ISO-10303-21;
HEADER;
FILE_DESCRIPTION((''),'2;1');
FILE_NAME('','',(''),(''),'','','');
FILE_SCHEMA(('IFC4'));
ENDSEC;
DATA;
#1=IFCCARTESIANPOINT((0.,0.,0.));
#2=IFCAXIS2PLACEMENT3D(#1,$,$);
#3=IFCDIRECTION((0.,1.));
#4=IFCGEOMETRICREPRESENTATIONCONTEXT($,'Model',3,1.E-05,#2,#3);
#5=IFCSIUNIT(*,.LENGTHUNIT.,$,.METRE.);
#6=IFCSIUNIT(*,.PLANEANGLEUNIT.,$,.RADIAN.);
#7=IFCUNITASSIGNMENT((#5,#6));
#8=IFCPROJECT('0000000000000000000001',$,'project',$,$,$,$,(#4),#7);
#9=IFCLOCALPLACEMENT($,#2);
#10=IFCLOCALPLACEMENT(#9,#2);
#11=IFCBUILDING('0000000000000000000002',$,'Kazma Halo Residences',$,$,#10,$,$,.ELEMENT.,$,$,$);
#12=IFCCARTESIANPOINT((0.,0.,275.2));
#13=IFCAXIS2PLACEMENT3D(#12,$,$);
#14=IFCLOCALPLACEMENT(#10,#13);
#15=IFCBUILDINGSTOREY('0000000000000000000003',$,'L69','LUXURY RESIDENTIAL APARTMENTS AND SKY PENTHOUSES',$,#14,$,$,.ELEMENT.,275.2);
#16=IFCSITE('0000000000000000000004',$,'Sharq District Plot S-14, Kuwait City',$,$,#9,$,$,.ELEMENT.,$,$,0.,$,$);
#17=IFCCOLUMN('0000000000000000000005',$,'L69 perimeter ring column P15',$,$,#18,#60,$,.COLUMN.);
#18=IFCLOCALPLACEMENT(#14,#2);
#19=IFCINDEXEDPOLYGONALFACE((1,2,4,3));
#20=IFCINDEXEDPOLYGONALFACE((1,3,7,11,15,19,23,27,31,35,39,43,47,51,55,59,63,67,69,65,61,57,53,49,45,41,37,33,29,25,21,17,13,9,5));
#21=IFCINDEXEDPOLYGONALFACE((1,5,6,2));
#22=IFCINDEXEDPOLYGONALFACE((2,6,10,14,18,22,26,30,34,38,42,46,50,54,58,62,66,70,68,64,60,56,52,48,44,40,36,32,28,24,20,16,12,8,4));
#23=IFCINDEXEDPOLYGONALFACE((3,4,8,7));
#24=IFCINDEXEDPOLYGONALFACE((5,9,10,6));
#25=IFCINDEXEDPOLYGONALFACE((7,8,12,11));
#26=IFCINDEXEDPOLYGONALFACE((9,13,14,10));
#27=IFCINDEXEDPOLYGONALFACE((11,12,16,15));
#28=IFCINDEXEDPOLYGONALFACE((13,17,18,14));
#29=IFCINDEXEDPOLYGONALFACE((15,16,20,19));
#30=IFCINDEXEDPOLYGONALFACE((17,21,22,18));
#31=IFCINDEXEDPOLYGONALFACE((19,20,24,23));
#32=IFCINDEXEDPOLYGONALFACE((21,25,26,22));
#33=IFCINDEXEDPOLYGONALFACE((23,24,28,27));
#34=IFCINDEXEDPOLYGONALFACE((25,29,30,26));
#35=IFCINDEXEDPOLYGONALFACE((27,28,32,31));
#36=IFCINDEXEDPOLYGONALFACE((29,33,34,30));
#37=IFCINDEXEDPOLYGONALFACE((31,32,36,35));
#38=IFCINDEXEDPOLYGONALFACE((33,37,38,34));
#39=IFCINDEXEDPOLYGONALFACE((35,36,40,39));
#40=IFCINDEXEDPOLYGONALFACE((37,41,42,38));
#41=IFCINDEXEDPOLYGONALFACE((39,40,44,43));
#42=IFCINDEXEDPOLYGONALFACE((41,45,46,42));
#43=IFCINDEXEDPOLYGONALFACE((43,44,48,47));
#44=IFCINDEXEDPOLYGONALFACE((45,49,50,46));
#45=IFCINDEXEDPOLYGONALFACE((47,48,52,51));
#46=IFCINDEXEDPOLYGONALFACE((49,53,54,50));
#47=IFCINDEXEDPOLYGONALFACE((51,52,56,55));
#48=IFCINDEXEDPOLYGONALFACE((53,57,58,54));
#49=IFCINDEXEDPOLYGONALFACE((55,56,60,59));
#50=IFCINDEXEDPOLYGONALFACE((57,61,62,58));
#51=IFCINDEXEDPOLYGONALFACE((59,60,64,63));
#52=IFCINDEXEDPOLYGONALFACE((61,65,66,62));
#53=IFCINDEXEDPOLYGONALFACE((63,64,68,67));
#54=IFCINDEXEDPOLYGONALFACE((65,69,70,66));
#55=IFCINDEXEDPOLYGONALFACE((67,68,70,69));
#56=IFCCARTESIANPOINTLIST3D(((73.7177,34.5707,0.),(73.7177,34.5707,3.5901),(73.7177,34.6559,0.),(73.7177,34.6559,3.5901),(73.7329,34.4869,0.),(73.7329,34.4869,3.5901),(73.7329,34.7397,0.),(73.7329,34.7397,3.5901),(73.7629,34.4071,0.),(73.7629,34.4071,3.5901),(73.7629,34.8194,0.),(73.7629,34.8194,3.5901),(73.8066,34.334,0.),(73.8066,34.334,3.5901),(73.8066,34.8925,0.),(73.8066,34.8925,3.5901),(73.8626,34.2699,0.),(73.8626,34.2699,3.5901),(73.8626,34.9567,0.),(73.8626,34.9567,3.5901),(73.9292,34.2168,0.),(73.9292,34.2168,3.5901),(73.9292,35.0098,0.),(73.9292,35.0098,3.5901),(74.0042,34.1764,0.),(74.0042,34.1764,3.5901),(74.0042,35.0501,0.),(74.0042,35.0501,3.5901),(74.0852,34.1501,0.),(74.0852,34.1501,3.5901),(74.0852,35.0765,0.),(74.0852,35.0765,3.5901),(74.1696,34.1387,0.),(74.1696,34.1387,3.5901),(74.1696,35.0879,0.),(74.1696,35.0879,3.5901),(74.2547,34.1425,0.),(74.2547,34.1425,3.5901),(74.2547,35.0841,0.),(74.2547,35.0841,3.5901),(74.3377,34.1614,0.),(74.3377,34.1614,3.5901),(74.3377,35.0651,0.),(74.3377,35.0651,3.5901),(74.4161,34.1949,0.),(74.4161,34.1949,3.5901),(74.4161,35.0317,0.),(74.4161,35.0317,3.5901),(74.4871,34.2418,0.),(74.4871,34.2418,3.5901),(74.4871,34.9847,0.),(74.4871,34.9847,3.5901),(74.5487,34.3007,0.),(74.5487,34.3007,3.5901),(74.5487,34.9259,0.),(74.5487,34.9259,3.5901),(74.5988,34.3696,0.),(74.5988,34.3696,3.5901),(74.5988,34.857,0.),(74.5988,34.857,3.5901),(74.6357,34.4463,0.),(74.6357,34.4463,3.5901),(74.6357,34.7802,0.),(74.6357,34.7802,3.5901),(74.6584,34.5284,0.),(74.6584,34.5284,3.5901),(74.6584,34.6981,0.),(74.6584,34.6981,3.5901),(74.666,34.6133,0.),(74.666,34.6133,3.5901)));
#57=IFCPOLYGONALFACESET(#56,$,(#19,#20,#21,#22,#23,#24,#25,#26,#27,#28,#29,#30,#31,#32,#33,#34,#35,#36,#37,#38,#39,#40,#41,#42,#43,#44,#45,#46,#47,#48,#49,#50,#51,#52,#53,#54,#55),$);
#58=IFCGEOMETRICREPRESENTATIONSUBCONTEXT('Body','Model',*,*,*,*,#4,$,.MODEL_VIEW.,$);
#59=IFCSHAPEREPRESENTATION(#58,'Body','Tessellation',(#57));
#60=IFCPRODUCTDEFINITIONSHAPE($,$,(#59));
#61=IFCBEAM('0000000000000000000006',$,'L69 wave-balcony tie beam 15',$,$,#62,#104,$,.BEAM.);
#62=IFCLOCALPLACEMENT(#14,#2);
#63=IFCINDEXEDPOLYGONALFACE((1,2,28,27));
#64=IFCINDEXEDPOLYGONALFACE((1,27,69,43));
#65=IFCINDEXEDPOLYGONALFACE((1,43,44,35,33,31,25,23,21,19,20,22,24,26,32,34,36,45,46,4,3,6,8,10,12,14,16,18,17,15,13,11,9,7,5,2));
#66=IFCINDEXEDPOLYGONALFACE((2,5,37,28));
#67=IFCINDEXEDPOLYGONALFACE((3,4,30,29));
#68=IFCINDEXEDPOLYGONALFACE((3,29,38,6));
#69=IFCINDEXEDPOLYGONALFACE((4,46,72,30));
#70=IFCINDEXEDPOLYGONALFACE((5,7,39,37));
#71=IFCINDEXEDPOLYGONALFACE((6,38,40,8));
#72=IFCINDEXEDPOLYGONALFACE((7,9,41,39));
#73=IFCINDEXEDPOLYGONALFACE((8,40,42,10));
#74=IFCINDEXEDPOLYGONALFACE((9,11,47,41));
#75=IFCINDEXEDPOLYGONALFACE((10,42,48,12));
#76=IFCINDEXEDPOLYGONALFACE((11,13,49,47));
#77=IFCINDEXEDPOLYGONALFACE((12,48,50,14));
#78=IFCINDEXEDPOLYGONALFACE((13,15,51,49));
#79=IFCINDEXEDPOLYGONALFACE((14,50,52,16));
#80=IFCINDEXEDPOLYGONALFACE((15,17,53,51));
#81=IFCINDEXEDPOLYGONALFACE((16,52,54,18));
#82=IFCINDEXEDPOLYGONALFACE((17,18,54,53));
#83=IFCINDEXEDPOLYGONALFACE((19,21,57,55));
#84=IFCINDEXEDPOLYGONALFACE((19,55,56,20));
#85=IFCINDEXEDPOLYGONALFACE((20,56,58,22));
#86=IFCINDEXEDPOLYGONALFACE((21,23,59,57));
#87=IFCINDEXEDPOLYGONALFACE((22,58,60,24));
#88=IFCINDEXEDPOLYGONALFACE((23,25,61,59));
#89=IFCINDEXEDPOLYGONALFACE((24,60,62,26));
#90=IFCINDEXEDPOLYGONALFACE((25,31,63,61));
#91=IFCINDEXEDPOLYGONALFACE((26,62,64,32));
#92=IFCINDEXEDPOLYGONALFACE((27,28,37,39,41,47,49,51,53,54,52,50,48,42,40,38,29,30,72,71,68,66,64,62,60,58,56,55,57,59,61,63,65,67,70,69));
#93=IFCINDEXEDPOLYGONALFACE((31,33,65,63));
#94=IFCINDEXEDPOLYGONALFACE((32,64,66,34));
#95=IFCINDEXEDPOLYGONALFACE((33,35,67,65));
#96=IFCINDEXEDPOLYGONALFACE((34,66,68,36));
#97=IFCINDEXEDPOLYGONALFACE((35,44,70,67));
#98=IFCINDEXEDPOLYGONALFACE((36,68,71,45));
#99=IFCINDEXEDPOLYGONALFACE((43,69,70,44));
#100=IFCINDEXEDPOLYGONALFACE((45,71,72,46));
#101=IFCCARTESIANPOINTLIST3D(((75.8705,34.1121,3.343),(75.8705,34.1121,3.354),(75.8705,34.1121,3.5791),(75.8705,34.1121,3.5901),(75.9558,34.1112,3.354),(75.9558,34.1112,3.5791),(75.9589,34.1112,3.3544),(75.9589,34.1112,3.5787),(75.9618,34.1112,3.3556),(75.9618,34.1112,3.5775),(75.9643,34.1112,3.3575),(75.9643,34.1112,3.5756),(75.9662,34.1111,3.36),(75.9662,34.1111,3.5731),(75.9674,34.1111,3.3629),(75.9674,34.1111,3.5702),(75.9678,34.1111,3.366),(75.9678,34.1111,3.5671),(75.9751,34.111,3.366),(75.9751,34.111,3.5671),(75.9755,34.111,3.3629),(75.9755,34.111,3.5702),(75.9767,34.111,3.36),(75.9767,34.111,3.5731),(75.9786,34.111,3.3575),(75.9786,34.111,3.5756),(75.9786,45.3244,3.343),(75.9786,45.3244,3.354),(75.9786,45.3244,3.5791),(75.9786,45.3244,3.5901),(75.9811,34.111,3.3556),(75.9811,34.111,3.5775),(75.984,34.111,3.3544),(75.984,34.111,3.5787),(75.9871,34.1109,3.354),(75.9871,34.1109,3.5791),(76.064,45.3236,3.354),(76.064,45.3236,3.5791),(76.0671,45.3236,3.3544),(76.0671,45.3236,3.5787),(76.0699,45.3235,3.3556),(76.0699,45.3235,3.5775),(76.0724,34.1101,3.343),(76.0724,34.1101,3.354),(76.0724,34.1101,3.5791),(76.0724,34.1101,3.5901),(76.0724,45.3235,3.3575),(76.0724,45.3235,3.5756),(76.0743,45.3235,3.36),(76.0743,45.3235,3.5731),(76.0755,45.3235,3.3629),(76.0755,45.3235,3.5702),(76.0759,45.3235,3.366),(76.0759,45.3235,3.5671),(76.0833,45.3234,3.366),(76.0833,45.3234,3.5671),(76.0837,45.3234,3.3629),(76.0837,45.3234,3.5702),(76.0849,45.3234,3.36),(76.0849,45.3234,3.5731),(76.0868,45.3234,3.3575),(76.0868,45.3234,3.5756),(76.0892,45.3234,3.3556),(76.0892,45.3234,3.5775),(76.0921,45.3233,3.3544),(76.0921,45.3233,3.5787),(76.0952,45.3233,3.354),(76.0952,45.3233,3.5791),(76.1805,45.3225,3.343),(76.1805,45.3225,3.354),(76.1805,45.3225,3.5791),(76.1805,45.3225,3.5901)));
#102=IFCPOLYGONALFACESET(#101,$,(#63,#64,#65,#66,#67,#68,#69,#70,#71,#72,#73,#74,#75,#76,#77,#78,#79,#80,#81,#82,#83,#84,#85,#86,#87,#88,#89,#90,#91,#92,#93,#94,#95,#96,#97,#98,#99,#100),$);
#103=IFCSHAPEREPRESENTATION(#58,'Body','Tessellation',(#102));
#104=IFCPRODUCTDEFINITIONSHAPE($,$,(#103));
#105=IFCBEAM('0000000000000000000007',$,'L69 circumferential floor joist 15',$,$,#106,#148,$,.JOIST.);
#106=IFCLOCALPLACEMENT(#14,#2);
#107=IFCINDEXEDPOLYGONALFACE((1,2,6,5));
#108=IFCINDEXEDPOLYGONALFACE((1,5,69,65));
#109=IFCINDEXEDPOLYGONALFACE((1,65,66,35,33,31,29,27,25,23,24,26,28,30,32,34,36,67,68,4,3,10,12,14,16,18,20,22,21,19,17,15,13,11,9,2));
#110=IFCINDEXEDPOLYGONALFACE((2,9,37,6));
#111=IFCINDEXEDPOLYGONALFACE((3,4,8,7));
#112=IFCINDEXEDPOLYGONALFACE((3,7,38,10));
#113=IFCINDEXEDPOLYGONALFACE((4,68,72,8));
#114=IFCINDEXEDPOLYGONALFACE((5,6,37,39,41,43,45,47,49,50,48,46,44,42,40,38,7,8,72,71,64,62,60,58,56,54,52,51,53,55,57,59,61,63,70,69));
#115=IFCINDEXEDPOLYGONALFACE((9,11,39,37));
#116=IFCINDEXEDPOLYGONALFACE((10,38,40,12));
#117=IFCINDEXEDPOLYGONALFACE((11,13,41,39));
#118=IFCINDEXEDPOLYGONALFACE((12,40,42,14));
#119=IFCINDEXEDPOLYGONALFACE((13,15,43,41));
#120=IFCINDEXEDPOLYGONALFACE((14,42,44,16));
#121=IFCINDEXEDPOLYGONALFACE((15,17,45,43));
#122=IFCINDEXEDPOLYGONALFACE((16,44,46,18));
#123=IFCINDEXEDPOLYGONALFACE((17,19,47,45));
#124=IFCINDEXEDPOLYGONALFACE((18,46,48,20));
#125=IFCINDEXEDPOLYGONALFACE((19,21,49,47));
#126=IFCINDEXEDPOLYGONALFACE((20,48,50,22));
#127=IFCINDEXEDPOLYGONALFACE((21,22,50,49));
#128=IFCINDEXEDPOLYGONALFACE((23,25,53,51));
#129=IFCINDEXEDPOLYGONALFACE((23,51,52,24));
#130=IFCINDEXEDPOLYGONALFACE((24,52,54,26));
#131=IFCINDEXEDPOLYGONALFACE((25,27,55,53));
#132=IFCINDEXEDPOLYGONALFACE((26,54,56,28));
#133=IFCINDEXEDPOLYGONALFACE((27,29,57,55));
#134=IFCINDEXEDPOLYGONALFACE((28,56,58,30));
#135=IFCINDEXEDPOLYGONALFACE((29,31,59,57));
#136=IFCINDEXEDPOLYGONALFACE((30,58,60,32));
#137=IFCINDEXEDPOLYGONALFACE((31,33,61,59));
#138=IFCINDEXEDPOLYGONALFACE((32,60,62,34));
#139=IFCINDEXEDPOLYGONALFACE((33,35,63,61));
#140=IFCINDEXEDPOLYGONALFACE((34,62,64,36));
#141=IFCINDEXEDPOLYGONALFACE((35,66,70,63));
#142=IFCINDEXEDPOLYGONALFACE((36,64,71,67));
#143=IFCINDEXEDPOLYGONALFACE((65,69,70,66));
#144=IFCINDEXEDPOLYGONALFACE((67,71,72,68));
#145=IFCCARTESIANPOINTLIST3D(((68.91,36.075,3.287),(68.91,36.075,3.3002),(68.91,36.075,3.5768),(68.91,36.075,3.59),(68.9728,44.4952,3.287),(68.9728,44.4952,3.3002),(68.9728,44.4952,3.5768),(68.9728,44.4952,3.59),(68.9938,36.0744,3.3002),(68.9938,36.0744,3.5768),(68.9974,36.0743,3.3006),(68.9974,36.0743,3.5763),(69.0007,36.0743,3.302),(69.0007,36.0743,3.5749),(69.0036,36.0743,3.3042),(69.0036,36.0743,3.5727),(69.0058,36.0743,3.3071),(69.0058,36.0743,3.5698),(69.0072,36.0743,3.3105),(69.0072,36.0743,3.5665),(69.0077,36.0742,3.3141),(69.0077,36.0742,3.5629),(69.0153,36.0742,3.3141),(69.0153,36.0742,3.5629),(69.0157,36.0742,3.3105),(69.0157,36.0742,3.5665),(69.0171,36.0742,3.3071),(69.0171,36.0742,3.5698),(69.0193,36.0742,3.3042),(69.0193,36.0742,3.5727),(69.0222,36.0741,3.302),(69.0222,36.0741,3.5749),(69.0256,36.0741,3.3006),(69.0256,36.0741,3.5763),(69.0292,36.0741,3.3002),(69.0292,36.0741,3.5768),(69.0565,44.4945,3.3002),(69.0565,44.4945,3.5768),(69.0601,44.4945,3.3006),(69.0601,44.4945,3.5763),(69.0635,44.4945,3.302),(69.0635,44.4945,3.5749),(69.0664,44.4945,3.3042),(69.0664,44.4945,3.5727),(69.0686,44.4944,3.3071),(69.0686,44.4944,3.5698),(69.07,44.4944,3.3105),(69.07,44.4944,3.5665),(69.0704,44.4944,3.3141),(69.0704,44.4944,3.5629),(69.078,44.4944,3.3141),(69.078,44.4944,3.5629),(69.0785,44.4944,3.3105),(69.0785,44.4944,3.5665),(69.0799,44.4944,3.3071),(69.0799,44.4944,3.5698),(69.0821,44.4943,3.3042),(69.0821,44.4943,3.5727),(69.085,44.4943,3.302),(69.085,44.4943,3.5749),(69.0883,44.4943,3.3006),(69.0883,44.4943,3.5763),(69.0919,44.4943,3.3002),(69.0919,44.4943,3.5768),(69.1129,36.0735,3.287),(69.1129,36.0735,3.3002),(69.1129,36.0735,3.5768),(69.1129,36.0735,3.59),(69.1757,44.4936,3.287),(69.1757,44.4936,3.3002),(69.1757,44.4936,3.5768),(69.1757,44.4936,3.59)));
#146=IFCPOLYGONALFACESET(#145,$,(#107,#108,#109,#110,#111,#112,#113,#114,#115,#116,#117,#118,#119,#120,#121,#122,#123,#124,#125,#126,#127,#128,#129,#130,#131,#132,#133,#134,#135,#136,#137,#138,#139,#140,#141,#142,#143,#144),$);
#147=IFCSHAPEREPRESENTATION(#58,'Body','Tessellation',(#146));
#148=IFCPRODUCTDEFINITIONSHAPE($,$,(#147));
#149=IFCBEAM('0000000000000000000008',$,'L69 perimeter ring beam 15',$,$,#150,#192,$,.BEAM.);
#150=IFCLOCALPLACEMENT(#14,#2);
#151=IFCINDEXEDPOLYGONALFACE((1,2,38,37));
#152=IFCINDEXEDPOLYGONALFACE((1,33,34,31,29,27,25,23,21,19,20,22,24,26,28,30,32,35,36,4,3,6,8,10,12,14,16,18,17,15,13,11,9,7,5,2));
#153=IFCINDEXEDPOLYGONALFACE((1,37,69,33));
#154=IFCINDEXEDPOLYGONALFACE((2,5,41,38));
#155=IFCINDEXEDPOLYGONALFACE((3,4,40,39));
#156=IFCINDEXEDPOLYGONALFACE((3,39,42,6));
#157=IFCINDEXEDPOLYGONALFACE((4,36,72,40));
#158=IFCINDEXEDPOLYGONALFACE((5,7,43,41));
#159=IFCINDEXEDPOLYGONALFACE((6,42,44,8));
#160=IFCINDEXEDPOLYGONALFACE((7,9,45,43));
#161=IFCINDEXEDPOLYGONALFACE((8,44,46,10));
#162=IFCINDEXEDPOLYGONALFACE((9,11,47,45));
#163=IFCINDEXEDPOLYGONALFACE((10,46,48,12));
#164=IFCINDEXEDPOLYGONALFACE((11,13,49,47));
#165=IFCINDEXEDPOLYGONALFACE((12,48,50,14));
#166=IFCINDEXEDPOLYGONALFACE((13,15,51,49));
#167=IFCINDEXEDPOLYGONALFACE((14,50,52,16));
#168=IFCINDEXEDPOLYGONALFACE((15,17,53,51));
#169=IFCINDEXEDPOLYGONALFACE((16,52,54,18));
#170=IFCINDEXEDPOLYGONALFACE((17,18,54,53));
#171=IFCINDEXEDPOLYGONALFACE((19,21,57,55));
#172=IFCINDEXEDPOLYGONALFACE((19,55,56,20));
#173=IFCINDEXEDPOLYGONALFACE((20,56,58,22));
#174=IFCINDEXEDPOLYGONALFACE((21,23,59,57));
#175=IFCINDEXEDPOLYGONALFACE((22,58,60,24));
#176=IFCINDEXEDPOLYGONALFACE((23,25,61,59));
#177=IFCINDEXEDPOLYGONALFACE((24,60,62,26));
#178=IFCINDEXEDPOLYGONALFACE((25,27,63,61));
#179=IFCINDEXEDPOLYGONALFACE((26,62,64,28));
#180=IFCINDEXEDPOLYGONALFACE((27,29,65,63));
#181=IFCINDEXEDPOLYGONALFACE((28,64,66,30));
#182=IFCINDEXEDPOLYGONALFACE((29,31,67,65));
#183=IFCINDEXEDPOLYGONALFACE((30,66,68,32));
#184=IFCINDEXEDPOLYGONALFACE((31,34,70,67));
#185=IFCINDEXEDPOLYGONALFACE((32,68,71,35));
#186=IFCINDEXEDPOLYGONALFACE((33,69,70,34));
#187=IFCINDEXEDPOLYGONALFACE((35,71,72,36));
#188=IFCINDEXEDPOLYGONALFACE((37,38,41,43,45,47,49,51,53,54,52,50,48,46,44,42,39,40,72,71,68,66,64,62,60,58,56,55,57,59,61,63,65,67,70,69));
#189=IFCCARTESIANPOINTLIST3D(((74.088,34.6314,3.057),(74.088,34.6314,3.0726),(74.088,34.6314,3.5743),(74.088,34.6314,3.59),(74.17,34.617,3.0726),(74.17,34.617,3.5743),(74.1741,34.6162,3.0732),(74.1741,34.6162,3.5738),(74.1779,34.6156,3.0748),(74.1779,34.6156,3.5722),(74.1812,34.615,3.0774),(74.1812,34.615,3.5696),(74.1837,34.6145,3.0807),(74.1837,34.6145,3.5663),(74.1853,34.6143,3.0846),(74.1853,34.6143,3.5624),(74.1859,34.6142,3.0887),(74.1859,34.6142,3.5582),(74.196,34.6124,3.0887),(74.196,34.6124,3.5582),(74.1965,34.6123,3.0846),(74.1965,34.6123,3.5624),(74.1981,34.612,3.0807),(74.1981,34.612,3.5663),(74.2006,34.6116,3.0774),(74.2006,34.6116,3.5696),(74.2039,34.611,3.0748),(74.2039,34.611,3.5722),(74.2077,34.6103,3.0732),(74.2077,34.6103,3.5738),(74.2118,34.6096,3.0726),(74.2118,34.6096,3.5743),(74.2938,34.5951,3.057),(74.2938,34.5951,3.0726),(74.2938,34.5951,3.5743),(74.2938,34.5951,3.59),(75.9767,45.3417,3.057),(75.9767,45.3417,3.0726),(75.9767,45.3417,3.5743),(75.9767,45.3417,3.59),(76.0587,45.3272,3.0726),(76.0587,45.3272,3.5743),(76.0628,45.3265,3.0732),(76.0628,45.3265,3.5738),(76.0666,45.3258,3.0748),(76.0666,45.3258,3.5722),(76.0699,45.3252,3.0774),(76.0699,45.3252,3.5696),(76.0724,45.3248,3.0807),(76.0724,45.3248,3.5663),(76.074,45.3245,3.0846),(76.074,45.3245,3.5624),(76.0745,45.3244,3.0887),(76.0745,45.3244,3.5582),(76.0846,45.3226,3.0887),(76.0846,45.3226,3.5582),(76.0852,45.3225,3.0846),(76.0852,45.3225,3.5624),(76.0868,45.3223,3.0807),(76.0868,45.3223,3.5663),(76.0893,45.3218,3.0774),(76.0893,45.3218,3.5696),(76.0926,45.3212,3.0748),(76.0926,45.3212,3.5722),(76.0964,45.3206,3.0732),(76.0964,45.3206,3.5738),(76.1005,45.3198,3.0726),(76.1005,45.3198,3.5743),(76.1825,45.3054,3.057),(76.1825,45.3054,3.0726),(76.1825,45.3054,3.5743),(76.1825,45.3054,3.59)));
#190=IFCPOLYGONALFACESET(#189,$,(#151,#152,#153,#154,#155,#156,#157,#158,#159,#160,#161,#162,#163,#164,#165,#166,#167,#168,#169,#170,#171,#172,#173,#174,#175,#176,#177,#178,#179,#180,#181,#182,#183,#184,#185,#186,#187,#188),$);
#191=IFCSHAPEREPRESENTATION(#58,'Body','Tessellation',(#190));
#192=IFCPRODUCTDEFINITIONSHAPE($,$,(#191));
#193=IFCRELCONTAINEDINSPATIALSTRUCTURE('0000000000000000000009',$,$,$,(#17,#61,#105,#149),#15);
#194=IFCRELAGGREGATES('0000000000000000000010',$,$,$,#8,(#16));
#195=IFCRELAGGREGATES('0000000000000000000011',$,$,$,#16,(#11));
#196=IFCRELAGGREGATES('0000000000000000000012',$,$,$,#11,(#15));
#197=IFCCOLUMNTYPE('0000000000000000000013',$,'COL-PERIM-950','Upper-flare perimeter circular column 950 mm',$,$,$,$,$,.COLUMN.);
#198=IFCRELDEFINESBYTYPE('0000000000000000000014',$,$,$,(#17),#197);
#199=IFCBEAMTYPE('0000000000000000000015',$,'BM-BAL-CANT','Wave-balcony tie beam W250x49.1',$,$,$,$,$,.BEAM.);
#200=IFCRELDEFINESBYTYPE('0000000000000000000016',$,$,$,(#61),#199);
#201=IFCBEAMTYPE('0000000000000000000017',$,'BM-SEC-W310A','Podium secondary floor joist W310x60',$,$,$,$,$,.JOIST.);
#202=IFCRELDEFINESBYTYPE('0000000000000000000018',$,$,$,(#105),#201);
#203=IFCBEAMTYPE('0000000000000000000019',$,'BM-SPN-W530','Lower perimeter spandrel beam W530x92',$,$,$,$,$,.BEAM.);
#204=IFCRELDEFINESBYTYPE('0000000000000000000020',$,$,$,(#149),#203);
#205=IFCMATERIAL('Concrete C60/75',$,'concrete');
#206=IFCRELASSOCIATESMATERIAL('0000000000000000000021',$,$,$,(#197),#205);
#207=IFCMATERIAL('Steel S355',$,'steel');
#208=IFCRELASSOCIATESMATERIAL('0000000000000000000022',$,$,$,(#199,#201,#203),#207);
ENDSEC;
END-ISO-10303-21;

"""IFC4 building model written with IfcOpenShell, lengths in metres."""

from ifc_helpers import new_model, si_unit, direction, frame, origin, origin_2d, place, context, subcontext, project, spatial, circle, i_section, extrude, material, material_profile, profile_set, type_object, element, save


model = new_model("IFC4")

# Units and contexts
model_context = context("Model", 3, precision=1e-05, world=origin(), true_north=direction((0.0, 1.0)))
body_context = subcontext(model_context, "Body", "Model", "MODEL_VIEW")
ifc_project = project(units=[si_unit("LENGTHUNIT", "METRE"), si_unit("PLANEANGLEUNIT", "RADIAN")], contexts=[model_context])

# Site, building, storey
site_placement = place(None, origin())
site = spatial("IfcSite", under=ifc_project, at=site_placement, Name="Sharq District Plot S-14, Kuwait City", CompositionType="ELEMENT", RefElevation=0.0)
building_placement = place(site_placement, origin())
building = spatial("IfcBuilding", under=site, at=building_placement, Name="Kazma Halo Residences", CompositionType="ELEMENT")
storey_placement = place(building_placement, frame((0.0, 0.0, 275.2)))
storey = spatial("IfcBuildingStorey", under=building, at=storey_placement, Name="L69", Description="LUXURY RESIDENTIAL APARTMENTS AND SKY PENTHOUSES", CompositionType="ELEMENT", Elevation=275.2)

# Column
ifc_material_1 = material(Name="Concrete C60/75", Category="concrete")
ifc_material_profile_1 = material_profile(ifc_material_1, circle(Radius=0.4751, at=origin_2d()), Name="CIRC950")
ifc_profile_set_1 = profile_set([ifc_material_profile_1], Name="Concrete C60/75")
column_type = type_object("IfcColumnType", Name="COL-PERIM-950", Description="Upper-flare perimeter circular column 950 mm", PredefinedType="COLUMN", material=ifc_profile_set_1)
column_placement = place(storey_placement, frame((74.1909, 34.6133, 0.0), z_axis=(0.0, 0.0, 1.0), x_axis=(1.0, 0.0, 0.0)))
element("IfcColumn", 1, at=column_placement, inside=storey, type_object=column_type, Name="L69 perimeter ring column P15", PredefinedType="COLUMN", context=body_context, shape_type="SweptSolid", body=[
    extrude(circle(Radius=0.4751, at=origin_2d()), origin(), (0.0, 0.0, 1.0), 3.5901),
])

# Beams
ifc_material_2 = material(Name="Steel S355", Category="steel")
ifc_material_profile_2 = material_profile(ifc_material_2, i_section(OverallWidth=0.2019, OverallDepth=0.2471, WebThickness=0.0073, FlangeThickness=0.011, FilletRadius=0.012, at=origin_2d()), Name="W250x49.1")
ifc_profile_set_2 = profile_set([ifc_material_profile_2], Name="Steel S355")
beam_type_1 = type_object("IfcBeamType", Name="BM-BAL-CANT", Description="Wave-balcony tie beam W250x49.1", PredefinedType="BEAM", material=ifc_profile_set_2)
beam_1_placement = place(storey_placement, frame((75.9714, 34.1111, 3.4666), z_axis=(0.009646, 0.999953, 0.0), x_axis=(-0.999953, 0.009646, 0.0)))
element("IfcBeam", 2, at=beam_1_placement, inside=storey, type_object=beam_type_1, Name="L69 wave-balcony tie beam 15", PredefinedType="BEAM", context=body_context, shape_type="SweptSolid", body=[
    extrude(i_section(OverallWidth=0.2019, OverallDepth=0.2471, WebThickness=0.0073, FlangeThickness=0.011, FilletRadius=0.012, at=origin_2d()), origin(), (0.0, 0.0, 1.0), 11.2129),
])
ifc_material_profile_3 = material_profile(ifc_material_2, i_section(OverallWidth=0.2029, OverallDepth=0.303, WebThickness=0.0076, FlangeThickness=0.0132, FilletRadius=0.0139, at=origin_2d()), Name="W310x60")
ifc_profile_set_3 = profile_set([ifc_material_profile_3], Name="Steel S355")
beam_type_2 = type_object("IfcBeamType", Name="BM-SEC-W310A", Description="Podium secondary floor joist W310x60", PredefinedType="JOIST", material=ifc_profile_set_3)
beam_2_placement = place(storey_placement, frame((69.0115, 36.0742, 3.4385), z_axis=(0.007451, 0.999972, 0.0), x_axis=(-0.999972, 0.007451, 0.0)))
element("IfcBeam", 3, at=beam_2_placement, inside=storey, type_object=beam_type_2, Name="L69 circumferential floor joist 15", PredefinedType="JOIST", context=body_context, shape_type="SweptSolid", body=[
    extrude(i_section(OverallWidth=0.2029, OverallDepth=0.303, WebThickness=0.0076, FlangeThickness=0.0132, FilletRadius=0.0139, at=origin_2d()), origin(), (0.0, 0.0, 1.0), 8.4204),
])
ifc_material_profile_4 = material_profile(ifc_material_2, i_section(OverallWidth=0.209, OverallDepth=0.533, WebThickness=0.0103, FlangeThickness=0.0156, FilletRadius=0.0161, at=origin_2d()), Name="W530x92")
ifc_profile_set_4 = profile_set([ifc_material_profile_4], Name="Steel S355")
beam_type_3 = type_object("IfcBeamType", Name="BM-SPN-W530", Description="Lower perimeter spandrel beam W530x92", PredefinedType="BEAM", material=ifc_profile_set_4)
beam_3_placement = place(storey_placement, frame((74.1909, 34.6133, 3.3235), z_axis=(0.173664, 0.984805, 0.0), x_axis=(-0.984805, 0.173664, 0.0)))
element("IfcBeam", 4, at=beam_3_placement, inside=storey, type_object=beam_type_3, Name="L69 perimeter ring beam 15", PredefinedType="BEAM", context=body_context, shape_type="SweptSolid", body=[
    extrude(i_section(OverallWidth=0.209, OverallDepth=0.533, WebThickness=0.0103, FlangeThickness=0.0156, FilletRadius=0.0161, at=origin_2d()), origin(), (0.0, 0.0, 1.0), 10.8755),
])

save(model, "model.ifc")
